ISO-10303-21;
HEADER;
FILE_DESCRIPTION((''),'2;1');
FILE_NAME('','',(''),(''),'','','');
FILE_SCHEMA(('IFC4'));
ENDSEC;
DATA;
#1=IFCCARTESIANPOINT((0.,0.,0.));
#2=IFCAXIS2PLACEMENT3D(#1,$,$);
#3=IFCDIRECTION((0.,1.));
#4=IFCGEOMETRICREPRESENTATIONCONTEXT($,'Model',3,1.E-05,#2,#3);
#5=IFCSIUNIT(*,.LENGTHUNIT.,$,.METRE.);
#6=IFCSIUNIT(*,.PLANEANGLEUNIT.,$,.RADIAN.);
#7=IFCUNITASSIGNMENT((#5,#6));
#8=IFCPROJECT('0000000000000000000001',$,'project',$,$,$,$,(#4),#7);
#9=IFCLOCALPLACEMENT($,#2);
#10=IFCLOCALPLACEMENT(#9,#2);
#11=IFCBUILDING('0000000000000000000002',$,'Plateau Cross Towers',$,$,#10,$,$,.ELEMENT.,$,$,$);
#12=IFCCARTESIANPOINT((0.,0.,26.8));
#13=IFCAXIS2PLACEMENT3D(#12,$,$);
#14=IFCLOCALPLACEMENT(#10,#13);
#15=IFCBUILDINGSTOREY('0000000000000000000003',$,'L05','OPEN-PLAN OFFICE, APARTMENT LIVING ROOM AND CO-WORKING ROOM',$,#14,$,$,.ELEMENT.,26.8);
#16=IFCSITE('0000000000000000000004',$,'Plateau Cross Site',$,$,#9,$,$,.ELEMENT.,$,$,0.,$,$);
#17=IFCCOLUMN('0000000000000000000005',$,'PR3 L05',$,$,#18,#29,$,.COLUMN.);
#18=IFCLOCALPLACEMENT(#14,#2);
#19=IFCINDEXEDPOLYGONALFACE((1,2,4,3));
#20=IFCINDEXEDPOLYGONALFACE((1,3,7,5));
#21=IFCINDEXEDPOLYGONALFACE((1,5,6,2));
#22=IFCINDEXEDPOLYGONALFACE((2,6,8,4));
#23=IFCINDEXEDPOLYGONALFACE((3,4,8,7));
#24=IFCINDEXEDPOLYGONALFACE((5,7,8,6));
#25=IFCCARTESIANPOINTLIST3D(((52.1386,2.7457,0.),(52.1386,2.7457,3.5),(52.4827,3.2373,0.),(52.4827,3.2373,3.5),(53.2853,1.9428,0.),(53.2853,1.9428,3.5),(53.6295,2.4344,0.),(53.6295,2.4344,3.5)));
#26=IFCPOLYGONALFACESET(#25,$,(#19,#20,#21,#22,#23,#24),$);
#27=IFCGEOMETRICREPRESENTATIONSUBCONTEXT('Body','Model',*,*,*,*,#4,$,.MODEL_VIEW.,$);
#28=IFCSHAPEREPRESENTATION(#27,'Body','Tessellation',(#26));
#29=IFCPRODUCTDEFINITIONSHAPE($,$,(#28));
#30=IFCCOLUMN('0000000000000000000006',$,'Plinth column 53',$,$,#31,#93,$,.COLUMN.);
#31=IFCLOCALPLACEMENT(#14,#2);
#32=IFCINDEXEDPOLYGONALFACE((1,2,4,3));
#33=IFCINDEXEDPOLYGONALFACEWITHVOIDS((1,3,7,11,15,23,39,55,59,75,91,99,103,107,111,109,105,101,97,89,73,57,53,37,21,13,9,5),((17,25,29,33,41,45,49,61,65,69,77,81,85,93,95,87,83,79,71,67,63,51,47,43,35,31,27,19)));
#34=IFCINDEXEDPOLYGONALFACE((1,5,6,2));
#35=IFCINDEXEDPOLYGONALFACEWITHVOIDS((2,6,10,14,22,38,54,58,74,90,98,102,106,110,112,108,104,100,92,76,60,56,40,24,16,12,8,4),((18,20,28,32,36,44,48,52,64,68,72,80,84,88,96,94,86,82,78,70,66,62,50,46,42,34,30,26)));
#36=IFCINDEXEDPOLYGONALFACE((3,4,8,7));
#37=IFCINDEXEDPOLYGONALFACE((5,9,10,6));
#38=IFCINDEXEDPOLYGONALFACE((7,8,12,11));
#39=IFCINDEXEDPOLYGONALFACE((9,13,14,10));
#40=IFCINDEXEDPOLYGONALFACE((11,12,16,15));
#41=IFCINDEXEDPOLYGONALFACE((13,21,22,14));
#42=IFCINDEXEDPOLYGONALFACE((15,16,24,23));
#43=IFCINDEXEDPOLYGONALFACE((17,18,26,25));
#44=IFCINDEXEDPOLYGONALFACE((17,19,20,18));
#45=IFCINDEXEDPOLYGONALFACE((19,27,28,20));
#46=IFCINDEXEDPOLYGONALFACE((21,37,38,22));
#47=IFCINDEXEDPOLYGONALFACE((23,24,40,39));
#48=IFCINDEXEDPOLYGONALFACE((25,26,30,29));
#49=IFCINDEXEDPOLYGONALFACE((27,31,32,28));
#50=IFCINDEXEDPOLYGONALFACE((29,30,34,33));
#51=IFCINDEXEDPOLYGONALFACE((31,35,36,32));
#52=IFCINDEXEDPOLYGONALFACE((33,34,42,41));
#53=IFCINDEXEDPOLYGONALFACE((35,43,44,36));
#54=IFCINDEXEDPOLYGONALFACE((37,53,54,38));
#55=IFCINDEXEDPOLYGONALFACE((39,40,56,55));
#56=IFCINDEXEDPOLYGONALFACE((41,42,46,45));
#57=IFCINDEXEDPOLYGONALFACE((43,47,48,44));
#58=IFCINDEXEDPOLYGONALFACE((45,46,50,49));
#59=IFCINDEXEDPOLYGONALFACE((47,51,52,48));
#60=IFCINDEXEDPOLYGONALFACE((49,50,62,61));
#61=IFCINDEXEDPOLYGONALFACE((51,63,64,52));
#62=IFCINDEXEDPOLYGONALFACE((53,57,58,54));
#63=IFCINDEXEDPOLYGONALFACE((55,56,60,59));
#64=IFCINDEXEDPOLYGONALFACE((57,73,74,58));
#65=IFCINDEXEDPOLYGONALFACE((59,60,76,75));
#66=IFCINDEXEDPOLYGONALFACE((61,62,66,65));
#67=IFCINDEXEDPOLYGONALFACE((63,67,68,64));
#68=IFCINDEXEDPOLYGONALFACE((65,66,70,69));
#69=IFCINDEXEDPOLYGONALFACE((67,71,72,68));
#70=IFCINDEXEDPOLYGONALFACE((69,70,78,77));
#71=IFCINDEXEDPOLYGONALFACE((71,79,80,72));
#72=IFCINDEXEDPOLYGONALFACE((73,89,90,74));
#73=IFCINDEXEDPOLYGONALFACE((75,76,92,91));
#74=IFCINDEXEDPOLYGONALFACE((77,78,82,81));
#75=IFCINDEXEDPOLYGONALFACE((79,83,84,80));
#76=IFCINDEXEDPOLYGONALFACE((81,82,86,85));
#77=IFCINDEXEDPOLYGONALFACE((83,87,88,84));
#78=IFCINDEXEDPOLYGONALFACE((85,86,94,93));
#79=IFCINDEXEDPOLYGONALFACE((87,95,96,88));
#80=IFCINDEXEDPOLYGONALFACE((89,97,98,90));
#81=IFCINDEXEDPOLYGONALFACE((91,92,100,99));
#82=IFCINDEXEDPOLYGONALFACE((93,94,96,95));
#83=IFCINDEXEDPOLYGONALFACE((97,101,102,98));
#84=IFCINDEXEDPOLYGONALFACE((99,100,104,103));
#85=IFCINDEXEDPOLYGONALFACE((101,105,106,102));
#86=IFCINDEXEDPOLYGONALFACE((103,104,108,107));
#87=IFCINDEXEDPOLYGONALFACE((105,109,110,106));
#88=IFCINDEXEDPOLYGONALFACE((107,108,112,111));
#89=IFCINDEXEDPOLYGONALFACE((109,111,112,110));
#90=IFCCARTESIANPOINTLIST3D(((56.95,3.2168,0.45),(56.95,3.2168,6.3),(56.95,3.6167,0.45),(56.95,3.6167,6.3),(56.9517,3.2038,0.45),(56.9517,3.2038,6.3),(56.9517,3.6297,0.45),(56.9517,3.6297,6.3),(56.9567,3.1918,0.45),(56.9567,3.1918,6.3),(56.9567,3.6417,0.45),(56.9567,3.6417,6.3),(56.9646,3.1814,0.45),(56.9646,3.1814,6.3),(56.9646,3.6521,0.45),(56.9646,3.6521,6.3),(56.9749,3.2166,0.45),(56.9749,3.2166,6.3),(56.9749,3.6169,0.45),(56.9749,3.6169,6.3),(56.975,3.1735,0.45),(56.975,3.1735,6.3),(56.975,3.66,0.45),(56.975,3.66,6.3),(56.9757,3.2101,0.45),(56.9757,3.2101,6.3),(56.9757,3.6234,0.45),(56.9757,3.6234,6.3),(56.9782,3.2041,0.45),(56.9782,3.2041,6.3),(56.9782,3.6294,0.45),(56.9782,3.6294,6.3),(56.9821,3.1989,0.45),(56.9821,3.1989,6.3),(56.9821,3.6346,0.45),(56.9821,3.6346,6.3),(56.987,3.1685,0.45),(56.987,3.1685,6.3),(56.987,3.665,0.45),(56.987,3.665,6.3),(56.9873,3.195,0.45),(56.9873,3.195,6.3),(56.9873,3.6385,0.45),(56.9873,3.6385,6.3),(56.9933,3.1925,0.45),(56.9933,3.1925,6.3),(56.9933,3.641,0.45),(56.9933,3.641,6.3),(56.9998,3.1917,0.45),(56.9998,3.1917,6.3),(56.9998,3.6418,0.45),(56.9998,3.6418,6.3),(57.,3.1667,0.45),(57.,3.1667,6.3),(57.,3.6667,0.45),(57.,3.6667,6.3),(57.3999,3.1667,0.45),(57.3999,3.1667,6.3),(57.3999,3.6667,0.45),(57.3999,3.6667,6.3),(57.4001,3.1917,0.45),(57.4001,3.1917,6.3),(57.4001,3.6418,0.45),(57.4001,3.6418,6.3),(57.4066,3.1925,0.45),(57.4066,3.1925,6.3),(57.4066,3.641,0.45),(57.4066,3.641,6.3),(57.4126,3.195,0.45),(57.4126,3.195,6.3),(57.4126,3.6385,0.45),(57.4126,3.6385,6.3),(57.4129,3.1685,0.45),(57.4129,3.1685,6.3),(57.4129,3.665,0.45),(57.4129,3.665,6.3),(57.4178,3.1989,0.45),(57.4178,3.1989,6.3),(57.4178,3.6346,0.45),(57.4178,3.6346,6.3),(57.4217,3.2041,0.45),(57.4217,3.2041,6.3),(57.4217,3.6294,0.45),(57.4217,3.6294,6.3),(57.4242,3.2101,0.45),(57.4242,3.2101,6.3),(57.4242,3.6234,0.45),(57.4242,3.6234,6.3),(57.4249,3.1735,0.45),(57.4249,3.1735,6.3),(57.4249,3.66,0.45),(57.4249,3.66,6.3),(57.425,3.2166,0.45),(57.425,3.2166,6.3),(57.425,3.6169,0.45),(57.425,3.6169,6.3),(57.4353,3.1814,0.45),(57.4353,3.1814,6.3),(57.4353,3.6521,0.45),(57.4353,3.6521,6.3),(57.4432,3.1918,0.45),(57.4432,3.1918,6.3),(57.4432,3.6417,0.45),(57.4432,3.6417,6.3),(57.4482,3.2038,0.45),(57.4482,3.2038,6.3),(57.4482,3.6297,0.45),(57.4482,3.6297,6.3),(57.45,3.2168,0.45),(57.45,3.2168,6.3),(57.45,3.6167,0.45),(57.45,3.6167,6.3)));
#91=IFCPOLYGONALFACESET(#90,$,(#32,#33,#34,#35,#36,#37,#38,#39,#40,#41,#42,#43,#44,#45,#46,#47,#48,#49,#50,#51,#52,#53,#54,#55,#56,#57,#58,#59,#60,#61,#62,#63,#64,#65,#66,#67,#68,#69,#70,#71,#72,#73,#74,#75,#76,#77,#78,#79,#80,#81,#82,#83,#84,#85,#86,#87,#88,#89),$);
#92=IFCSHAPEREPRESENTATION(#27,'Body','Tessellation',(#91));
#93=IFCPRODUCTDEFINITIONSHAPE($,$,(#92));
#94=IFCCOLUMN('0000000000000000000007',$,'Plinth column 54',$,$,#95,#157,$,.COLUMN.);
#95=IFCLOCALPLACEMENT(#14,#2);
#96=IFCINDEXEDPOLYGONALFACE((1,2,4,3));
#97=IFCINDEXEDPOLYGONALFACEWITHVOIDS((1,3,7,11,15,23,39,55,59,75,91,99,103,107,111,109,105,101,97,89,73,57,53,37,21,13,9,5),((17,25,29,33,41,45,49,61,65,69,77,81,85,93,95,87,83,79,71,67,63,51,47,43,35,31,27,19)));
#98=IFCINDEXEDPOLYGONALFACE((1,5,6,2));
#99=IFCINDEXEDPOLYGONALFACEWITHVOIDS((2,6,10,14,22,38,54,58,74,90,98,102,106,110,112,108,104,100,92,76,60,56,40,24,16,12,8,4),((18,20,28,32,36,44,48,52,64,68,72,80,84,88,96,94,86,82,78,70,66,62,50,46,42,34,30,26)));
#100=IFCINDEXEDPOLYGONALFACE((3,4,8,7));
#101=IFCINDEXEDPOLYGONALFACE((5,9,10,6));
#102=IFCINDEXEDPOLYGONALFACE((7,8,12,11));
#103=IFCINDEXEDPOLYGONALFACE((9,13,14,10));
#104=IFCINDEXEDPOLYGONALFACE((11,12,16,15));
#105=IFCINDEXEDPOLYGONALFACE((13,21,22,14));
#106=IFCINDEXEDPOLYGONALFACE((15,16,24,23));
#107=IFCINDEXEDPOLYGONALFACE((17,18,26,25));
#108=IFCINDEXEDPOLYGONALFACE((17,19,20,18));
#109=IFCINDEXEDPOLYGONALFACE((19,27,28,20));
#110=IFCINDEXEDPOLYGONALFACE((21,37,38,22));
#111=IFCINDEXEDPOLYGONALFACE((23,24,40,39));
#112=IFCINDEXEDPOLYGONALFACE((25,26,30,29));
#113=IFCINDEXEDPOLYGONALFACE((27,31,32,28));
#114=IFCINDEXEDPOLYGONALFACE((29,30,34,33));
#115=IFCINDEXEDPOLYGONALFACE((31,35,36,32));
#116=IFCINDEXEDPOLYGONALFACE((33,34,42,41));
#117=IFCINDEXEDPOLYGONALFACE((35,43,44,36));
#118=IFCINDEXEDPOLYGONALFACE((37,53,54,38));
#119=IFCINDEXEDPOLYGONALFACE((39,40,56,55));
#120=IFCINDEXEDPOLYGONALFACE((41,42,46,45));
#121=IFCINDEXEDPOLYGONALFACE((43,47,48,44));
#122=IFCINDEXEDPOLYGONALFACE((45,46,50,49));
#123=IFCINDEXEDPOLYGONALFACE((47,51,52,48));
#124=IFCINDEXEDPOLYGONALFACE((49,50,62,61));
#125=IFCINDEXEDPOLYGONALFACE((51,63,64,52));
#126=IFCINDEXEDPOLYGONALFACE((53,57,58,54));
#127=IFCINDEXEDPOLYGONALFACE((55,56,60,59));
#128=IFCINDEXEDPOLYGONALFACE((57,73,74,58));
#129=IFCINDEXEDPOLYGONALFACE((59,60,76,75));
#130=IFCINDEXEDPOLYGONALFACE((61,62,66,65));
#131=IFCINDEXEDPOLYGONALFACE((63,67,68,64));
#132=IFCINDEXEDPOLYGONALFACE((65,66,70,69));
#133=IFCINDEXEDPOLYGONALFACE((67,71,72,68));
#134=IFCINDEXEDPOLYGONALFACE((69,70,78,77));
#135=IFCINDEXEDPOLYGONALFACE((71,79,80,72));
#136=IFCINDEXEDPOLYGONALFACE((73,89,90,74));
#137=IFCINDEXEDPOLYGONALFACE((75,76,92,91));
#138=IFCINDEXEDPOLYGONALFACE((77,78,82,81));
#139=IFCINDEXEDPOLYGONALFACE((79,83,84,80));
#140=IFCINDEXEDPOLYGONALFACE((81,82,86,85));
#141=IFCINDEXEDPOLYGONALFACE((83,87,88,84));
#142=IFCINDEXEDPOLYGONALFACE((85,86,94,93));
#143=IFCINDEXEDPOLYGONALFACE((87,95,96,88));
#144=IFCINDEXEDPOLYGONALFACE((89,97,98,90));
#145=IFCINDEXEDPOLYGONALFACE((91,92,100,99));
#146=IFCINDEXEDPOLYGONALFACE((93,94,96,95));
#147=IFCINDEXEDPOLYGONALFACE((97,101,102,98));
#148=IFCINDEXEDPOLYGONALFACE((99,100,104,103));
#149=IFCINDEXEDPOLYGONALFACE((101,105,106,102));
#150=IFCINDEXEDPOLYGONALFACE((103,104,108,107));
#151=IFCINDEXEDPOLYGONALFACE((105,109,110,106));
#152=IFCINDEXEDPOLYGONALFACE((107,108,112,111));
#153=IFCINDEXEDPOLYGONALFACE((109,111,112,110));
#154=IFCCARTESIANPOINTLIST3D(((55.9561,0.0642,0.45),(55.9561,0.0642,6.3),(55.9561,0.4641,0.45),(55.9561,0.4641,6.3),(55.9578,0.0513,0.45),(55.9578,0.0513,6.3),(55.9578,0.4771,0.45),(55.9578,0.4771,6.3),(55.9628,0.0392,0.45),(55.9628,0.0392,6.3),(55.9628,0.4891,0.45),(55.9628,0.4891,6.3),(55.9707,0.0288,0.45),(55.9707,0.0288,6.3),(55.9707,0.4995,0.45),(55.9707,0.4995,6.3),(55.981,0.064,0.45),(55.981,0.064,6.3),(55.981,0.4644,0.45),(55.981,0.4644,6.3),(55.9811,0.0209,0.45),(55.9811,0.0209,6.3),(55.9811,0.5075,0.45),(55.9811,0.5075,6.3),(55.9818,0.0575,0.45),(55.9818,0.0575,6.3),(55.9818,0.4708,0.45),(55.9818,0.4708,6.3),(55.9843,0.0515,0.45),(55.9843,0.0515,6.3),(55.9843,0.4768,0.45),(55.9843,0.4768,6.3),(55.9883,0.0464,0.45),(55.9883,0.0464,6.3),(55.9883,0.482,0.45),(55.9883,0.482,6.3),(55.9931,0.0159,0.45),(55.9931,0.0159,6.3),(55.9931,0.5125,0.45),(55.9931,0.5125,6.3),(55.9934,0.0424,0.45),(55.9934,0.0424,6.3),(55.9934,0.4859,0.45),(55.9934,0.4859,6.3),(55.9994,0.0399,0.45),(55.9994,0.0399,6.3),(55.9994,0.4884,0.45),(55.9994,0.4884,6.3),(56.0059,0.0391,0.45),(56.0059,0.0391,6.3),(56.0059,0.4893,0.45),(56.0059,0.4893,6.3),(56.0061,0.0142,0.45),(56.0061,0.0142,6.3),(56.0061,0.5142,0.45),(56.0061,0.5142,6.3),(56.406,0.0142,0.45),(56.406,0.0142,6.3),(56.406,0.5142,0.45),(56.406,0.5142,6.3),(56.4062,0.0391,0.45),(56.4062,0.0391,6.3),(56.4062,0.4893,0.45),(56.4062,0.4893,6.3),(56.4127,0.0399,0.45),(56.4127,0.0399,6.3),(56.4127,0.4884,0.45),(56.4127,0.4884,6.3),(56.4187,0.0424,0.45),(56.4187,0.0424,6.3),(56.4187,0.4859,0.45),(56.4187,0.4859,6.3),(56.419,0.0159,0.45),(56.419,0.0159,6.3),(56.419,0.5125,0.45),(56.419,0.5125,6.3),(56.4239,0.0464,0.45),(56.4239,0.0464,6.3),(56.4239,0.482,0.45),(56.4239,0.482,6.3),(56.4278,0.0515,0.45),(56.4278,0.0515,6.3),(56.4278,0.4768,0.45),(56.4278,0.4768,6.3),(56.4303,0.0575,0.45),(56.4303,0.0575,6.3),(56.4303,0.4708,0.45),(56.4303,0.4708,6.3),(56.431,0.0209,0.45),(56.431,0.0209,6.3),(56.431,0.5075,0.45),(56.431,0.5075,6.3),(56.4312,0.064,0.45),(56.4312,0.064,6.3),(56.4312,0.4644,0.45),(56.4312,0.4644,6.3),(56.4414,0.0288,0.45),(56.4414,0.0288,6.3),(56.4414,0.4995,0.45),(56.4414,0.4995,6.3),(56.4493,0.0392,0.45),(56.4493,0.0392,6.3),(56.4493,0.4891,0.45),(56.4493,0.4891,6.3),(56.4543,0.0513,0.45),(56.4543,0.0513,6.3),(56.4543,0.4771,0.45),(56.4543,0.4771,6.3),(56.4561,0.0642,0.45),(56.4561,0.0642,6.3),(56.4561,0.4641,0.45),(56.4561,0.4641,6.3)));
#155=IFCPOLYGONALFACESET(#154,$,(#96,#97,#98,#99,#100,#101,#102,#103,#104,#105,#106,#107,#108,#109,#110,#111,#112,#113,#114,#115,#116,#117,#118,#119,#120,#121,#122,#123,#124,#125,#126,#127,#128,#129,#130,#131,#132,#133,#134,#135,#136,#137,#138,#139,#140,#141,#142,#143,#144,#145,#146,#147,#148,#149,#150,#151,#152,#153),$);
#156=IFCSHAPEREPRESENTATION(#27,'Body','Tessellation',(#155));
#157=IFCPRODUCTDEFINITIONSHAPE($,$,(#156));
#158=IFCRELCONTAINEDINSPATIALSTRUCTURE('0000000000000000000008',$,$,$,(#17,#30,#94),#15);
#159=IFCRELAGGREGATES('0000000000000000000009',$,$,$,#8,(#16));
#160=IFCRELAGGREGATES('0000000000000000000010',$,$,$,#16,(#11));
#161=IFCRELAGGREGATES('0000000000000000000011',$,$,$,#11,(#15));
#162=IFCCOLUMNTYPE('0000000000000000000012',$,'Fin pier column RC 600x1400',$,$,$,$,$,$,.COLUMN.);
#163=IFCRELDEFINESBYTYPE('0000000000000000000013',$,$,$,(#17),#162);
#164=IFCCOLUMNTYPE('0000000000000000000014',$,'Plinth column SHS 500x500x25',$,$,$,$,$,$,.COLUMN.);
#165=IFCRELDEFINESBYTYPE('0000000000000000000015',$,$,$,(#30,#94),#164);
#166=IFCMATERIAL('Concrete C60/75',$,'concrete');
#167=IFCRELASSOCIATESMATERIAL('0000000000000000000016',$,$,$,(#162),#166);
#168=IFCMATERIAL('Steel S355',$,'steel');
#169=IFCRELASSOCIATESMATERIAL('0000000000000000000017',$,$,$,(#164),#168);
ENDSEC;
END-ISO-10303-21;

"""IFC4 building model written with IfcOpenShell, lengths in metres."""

from ifc_helpers import new_model, si_unit, direction, frame, origin, origin_2d, place, context, subcontext, project, spatial, rectangle, hollow_rectangle, extrude, material, material_profile, profile_set, type_object, element, save


model = new_model("IFC4")

# Units and contexts
model_context = context("Model", 3, precision=1e-05, world=origin(), true_north=direction((0.0, 1.0)))
body_context = subcontext(model_context, "Body", "Model", "MODEL_VIEW")
ifc_project = project(units=[si_unit("LENGTHUNIT", "METRE"), si_unit("PLANEANGLEUNIT", "RADIAN")], contexts=[model_context])

# Site, building, storey
site_placement = place(None, origin())
site = spatial("IfcSite", under=ifc_project, at=site_placement, Name="Plateau Cross Site", CompositionType="ELEMENT", RefElevation=0.0)
building_placement = place(site_placement, origin())
building = spatial("IfcBuilding", under=site, at=building_placement, Name="Plateau Cross Towers", CompositionType="ELEMENT")
storey_placement = place(building_placement, frame((0.0, 0.0, 26.8)))
storey = spatial("IfcBuildingStorey", under=building, at=storey_placement, Name="L05", Description="OPEN-PLAN OFFICE, APARTMENT LIVING ROOM AND CO-WORKING ROOM", CompositionType="ELEMENT", Elevation=26.8)

# Columns
ifc_material_1 = material(Name="Concrete C60/75", Category="concrete")
ifc_material_profile_1 = material_profile(ifc_material_1, rectangle(XDim=0.6001, YDim=1.3999, at=origin_2d()), Name="RC 600x1400")
ifc_profile_set_1 = profile_set([ifc_material_profile_1], Name="Concrete C60/75")
column_type_1 = type_object("IfcColumnType", Name="Fin pier column RC 600x1400", PredefinedType="COLUMN", material=ifc_profile_set_1)
column_placement = place(storey_placement, frame((52.884, 2.5901, 0.0), z_axis=(0.0, 0.0, 1.0), x_axis=(0.573543, 0.819176, 0.0)))
element("IfcColumn", 1, at=column_placement, inside=storey, type_object=column_type_1, Name="PR3 L05", PredefinedType="COLUMN", context=body_context, shape_type="SweptSolid", body=[
    extrude(rectangle(XDim=0.6001, YDim=1.3999, at=origin_2d()), origin(), (0.0, 0.0, 1.0), 3.5),
])
ifc_material_2 = material(Name="Steel S355", Category="steel")
ifc_material_profile_2 = material_profile(ifc_material_2, hollow_rectangle(XDim=0.5, YDim=0.5, WallThickness=0.0249, InnerFilletRadius=0.0249, OuterFilletRadius=0.05, at=origin_2d()), Name="SHS 500x500x25")
ifc_profile_set_2 = profile_set([ifc_material_profile_2], Name="Steel S355")
column_type_2 = type_object("IfcColumnType", Name="Plinth column SHS 500x500x25", PredefinedType="COLUMN", material=ifc_profile_set_2)
for number, where, z_axis, x_axis, name in (
    (2, (57.2, 3.4167, 0.45), (0.0, 0.0, 1.0), (1.0, 0.0, 0.0), "Plinth column 53"),
    (3, (56.2061, 0.2642, 0.45), (0.0, 0.0, 1.0), (1.0, 0.0, 0.0), "Plinth column 54"),
):
    element("IfcColumn", number, at=place(storey_placement, frame(where, z_axis=z_axis, x_axis=x_axis)), inside=storey, type_object=column_type_2, Name=name, PredefinedType="COLUMN", context=body_context, shape_type="SweptSolid", body=[
        extrude(hollow_rectangle(XDim=0.5, YDim=0.5, WallThickness=0.0249, InnerFilletRadius=0.0249, OuterFilletRadius=0.05, at=origin_2d()), origin(), (0.0, 0.0, 1.0), 5.8501),
    ])

save(model, "model.ifc")
